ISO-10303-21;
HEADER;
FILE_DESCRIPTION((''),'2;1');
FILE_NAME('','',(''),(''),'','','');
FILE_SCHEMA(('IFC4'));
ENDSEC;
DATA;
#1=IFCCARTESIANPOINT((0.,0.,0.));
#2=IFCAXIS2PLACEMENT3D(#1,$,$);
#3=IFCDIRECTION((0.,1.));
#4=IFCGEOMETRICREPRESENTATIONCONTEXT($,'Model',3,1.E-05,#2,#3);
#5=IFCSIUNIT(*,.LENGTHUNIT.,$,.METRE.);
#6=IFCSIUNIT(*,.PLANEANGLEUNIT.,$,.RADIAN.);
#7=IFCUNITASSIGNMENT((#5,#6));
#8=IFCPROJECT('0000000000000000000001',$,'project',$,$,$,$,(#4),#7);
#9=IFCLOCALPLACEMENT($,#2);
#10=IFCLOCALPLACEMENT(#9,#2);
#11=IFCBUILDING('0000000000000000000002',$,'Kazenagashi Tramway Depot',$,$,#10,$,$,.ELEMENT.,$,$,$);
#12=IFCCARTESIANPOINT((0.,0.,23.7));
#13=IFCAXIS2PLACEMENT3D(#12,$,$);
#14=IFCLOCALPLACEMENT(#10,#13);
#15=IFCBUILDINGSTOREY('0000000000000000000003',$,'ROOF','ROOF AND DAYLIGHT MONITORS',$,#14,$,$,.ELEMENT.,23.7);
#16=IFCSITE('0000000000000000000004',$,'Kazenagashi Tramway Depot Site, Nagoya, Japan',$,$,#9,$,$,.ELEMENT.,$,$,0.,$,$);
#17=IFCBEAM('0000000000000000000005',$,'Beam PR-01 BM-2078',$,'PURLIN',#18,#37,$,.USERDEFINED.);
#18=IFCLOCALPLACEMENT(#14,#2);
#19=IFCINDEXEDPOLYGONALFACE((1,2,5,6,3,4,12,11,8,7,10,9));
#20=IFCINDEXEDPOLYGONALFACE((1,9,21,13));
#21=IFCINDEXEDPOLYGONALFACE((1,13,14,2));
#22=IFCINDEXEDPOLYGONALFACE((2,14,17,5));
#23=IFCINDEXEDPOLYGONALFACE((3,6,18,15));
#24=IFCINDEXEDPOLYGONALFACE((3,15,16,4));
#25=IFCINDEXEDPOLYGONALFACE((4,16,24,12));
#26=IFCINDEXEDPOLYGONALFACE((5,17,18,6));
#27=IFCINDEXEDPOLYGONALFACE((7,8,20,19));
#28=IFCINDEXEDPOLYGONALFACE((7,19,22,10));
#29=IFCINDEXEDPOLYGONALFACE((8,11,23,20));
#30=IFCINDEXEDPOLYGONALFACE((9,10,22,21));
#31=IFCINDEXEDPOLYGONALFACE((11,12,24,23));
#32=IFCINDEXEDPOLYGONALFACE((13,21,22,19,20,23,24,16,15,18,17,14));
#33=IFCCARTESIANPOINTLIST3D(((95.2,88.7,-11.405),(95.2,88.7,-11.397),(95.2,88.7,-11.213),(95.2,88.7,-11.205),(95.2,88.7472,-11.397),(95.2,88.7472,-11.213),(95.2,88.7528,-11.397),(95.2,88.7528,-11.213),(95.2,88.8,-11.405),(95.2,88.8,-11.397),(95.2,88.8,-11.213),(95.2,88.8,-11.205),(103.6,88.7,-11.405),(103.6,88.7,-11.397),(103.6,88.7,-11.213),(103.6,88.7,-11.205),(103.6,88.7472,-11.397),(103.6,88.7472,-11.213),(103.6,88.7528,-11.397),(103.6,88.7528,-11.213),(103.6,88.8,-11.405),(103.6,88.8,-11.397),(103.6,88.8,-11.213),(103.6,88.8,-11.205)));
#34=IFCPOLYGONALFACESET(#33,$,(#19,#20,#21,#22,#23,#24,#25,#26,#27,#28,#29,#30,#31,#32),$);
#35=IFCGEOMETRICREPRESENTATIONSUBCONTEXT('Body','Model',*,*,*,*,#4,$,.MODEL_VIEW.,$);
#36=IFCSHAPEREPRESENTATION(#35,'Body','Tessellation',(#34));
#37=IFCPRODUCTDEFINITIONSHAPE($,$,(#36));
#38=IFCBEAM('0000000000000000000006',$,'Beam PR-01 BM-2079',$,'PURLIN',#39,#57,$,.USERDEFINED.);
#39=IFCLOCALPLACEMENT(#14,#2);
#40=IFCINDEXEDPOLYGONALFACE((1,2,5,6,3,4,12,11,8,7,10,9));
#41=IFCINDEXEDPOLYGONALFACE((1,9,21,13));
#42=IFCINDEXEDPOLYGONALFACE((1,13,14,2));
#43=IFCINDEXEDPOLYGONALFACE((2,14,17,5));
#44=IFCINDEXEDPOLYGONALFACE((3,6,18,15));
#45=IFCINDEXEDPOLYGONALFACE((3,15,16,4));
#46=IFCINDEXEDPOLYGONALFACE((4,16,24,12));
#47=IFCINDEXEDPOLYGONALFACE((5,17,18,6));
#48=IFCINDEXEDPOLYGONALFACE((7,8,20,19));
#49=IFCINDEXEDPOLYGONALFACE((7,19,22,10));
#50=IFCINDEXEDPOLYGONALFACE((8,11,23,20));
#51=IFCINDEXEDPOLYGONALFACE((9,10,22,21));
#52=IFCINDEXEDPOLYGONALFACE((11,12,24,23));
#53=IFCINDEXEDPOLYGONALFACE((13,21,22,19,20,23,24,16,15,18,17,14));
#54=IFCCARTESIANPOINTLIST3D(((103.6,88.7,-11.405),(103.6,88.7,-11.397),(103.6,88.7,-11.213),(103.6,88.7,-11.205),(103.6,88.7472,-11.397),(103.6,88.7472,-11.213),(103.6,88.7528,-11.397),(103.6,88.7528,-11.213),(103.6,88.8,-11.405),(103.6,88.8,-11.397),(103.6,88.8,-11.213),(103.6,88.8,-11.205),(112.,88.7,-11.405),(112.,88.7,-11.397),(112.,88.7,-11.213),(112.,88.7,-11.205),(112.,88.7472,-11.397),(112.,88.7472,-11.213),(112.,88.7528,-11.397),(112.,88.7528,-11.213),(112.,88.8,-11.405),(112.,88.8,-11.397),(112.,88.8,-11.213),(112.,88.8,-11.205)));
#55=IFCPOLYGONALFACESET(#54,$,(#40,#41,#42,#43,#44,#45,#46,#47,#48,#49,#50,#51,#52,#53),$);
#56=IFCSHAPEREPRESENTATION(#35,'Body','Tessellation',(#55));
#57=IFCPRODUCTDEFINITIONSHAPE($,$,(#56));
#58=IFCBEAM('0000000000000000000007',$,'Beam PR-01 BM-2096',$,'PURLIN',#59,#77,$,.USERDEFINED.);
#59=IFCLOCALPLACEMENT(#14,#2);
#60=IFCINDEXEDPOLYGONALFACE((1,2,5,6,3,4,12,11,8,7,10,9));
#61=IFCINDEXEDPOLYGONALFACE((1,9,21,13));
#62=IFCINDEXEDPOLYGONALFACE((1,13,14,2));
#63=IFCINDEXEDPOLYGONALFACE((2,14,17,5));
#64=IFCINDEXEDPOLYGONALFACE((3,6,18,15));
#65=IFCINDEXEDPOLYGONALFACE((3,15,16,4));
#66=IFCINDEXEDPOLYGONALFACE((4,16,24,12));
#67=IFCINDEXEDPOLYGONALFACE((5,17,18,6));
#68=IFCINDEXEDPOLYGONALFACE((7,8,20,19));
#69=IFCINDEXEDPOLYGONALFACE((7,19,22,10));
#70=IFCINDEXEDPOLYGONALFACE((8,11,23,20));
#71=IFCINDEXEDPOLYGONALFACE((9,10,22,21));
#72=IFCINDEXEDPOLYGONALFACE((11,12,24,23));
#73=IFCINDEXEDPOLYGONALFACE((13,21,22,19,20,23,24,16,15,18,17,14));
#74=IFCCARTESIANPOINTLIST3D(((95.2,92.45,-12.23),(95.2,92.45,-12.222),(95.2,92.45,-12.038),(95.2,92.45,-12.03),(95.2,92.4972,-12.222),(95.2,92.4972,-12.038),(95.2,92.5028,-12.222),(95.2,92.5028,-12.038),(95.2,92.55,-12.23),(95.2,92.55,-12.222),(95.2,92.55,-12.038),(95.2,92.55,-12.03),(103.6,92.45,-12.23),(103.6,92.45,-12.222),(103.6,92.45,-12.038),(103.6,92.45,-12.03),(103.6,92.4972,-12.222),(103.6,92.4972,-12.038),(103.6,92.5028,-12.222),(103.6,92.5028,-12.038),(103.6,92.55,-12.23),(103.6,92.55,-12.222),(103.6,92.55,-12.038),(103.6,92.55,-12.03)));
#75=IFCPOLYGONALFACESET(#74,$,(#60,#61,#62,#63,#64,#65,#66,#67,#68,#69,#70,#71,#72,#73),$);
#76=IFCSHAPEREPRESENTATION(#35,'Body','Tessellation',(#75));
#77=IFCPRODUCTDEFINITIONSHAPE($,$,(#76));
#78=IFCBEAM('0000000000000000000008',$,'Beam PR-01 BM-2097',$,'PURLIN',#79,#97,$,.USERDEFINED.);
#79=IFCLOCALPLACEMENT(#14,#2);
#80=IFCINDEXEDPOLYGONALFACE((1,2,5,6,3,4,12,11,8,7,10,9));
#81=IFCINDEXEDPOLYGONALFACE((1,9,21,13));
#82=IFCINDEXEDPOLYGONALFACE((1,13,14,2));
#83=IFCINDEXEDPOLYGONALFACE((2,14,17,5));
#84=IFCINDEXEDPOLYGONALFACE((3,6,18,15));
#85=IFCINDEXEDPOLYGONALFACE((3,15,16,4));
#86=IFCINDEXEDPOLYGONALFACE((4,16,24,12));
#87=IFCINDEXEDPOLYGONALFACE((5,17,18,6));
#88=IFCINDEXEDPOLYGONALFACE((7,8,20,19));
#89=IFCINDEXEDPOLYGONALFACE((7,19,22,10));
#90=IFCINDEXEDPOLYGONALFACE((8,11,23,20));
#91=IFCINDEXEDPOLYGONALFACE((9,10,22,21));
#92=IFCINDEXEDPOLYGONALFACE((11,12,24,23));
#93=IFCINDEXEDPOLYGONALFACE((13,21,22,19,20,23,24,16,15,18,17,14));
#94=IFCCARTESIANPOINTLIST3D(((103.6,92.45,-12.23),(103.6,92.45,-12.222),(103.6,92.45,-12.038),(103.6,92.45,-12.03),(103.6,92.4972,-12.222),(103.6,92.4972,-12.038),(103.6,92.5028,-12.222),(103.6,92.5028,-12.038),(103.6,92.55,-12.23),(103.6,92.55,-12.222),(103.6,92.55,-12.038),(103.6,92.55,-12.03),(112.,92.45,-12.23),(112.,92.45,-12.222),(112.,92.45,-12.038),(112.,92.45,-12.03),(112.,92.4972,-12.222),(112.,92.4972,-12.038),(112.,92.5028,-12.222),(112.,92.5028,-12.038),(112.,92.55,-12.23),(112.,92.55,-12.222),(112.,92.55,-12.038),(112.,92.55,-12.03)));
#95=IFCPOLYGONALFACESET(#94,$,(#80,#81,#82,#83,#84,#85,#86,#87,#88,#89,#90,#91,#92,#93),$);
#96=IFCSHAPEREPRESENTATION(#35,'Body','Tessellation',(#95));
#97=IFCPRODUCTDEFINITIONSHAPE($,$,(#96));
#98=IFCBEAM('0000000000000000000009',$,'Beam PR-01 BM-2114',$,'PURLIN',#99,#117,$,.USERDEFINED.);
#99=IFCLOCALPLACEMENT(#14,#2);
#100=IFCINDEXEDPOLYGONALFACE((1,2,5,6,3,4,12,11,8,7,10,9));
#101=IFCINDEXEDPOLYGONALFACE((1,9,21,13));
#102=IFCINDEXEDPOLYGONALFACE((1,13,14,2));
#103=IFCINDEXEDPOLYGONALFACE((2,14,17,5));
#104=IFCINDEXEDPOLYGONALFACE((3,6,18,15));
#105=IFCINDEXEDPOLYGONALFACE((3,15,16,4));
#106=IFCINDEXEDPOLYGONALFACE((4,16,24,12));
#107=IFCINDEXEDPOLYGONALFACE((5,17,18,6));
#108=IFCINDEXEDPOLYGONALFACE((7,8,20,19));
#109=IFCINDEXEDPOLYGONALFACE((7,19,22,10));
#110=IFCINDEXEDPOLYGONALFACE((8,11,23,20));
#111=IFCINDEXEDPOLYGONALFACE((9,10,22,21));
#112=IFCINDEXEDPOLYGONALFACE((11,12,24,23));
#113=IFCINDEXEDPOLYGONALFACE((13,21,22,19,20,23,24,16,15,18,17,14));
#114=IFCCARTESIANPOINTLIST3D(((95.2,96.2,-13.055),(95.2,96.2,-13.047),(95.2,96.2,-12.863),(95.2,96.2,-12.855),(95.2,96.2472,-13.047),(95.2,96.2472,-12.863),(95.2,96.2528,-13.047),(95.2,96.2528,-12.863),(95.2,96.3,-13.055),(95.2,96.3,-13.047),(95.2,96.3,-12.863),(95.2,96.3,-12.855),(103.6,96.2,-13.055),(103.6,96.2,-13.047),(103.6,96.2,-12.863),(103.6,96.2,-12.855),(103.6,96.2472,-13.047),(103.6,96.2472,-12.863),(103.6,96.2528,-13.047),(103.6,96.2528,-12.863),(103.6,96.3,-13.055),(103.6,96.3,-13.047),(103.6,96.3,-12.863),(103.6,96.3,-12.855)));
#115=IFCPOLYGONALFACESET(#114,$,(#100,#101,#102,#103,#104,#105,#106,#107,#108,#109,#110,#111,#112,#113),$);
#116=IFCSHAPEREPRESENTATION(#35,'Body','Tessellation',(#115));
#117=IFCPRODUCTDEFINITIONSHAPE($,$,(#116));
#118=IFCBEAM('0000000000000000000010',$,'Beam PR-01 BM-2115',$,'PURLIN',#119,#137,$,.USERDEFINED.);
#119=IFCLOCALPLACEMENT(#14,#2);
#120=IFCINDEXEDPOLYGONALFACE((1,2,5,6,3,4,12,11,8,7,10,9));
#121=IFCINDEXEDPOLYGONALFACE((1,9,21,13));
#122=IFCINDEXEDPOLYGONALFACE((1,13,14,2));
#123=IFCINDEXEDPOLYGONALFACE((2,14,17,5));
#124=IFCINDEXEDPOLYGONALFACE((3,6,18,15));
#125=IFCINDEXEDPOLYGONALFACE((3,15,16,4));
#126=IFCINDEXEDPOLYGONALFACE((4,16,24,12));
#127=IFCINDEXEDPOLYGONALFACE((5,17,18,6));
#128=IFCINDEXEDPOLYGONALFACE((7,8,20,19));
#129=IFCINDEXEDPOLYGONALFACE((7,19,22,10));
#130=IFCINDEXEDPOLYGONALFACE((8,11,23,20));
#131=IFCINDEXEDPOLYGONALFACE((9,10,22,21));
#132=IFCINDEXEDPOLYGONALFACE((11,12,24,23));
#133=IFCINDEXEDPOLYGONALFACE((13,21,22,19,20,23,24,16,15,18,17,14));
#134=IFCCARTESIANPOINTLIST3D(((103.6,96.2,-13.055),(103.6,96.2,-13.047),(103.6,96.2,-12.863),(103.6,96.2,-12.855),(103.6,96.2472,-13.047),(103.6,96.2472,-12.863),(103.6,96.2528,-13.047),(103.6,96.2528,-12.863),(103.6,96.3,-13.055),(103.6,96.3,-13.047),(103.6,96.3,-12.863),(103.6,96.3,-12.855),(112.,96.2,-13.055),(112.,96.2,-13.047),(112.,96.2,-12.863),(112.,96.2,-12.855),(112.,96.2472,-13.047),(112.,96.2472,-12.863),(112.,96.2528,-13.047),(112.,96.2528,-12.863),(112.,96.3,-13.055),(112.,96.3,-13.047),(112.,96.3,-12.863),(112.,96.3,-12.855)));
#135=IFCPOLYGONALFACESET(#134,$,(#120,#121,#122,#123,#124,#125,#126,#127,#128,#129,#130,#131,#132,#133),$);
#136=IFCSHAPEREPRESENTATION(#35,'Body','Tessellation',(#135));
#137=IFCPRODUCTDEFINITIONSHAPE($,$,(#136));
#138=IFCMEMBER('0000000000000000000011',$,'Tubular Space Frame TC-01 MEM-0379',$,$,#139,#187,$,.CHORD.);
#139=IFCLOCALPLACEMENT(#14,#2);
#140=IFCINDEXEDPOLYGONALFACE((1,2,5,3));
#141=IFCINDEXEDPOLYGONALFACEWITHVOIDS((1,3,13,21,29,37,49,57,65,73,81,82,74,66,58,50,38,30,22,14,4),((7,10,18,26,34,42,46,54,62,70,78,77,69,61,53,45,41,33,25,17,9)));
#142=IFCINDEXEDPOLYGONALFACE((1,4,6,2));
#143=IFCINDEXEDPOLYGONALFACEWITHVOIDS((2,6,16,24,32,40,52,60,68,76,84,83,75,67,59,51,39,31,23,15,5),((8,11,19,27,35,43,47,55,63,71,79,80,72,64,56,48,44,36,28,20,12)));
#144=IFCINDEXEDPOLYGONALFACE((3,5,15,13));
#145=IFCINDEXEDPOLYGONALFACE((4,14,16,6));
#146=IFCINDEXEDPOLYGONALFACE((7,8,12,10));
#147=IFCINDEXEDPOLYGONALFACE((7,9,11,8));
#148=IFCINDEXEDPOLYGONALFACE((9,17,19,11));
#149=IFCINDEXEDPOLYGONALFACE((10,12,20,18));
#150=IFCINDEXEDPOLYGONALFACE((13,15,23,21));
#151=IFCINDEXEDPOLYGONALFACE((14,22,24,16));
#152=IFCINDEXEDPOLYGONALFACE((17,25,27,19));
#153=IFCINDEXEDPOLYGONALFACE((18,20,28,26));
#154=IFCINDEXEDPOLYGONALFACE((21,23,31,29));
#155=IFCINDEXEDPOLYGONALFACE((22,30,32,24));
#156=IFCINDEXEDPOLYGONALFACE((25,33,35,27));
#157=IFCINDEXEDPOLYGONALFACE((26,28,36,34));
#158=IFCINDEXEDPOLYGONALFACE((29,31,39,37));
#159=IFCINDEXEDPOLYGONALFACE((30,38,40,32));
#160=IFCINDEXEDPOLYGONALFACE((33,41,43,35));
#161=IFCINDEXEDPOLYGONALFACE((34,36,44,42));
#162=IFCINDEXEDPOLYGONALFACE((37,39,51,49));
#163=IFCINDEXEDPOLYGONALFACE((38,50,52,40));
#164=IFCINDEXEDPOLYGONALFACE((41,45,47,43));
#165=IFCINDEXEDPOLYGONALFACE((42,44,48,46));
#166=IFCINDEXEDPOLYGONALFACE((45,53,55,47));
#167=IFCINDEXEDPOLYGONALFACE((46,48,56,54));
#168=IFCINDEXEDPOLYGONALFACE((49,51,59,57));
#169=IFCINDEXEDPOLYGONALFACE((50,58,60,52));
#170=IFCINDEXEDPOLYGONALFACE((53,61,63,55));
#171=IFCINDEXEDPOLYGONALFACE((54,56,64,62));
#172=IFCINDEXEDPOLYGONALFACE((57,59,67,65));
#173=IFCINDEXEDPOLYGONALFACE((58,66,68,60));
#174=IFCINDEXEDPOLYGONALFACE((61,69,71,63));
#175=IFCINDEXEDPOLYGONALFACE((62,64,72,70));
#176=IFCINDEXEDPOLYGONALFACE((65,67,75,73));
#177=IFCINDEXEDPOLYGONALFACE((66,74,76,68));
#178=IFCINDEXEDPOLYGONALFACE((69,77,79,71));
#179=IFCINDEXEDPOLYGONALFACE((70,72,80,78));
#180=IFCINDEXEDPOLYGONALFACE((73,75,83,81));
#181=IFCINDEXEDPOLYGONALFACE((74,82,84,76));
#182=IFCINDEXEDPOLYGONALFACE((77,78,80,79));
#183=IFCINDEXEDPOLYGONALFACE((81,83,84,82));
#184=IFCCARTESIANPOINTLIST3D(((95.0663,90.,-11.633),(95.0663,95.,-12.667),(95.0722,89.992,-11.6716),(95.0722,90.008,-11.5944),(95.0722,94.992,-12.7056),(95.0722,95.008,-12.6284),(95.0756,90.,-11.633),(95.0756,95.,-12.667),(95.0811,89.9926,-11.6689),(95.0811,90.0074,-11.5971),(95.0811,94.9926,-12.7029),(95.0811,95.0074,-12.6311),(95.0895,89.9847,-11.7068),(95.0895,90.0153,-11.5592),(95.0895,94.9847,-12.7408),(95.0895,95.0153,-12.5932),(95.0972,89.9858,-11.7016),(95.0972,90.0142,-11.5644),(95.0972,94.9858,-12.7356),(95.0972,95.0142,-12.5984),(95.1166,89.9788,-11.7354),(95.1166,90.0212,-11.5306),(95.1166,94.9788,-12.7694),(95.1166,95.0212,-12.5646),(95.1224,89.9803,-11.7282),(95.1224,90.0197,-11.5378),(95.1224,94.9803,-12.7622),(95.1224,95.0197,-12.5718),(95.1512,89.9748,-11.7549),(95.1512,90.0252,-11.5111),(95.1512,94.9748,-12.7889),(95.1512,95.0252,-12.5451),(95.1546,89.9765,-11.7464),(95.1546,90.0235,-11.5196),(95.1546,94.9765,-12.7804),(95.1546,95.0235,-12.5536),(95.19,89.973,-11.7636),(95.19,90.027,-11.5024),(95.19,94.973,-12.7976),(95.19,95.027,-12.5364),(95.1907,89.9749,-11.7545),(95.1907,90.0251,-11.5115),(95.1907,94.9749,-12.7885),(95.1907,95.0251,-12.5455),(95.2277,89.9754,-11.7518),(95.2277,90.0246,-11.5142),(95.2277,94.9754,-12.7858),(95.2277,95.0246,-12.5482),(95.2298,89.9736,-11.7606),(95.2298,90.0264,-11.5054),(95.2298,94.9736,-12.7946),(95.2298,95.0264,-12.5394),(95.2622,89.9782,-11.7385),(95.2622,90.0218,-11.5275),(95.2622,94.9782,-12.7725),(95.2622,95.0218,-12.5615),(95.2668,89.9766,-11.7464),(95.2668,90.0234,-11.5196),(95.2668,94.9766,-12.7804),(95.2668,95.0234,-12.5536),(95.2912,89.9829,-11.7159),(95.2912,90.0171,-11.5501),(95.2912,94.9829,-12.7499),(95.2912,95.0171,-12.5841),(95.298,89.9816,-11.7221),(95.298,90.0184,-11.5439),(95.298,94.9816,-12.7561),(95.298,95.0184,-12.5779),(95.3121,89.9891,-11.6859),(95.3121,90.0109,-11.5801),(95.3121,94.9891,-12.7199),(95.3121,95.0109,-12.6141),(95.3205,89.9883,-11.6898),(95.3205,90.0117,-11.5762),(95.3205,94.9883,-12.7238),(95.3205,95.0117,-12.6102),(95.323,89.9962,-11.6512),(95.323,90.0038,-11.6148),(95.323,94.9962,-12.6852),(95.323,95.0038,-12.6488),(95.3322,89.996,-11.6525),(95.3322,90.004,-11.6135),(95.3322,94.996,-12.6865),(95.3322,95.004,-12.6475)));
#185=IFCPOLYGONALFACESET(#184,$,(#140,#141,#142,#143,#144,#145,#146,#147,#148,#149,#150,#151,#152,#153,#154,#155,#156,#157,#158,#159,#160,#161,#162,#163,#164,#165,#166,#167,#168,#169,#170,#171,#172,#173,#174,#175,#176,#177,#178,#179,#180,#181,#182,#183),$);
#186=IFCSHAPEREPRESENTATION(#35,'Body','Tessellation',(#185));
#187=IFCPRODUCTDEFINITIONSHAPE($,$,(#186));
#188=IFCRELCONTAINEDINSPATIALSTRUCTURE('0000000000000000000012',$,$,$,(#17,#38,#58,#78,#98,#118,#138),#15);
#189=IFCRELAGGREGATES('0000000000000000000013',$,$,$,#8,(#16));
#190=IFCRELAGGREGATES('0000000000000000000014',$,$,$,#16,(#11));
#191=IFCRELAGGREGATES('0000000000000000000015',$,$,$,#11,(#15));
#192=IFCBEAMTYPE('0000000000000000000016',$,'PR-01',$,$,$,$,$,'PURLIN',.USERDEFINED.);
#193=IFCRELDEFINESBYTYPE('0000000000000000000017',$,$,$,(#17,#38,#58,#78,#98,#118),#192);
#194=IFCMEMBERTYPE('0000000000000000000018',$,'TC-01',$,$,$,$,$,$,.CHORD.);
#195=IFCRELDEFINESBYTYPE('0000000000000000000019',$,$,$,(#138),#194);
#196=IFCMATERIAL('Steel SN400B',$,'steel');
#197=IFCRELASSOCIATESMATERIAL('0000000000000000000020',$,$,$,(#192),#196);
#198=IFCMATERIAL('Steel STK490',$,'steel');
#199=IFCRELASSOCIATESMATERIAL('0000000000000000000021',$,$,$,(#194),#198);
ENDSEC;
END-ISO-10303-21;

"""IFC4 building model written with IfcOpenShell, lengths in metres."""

from ifc_helpers import new_model, si_unit, direction, frame, origin, origin_2d, place, context, subcontext, project, spatial, hollow_circle, i_section, extrude, material, material_profile, profile_set, type_object, element, save


model = new_model("IFC4")

# Units and contexts
model_context = context("Model", 3, precision=1e-05, world=origin(), true_north=direction((0.0, 1.0)))
body_context = subcontext(model_context, "Body", "Model", "MODEL_VIEW")
ifc_project = project(units=[si_unit("LENGTHUNIT", "METRE"), si_unit("PLANEANGLEUNIT", "RADIAN")], contexts=[model_context])

# Site, building, storey
site_placement = place(None, origin())
site = spatial("IfcSite", under=ifc_project, at=site_placement, Name="Kazenagashi Tramway Depot Site, Nagoya, Japan", CompositionType="ELEMENT", RefElevation=0.0)
building_placement = place(site_placement, origin())
building = spatial("IfcBuilding", under=site, at=building_placement, Name="Kazenagashi Tramway Depot", CompositionType="ELEMENT")
storey_placement = place(building_placement, frame((0.0, 0.0, 23.7)))
storey = spatial("IfcBuildingStorey", under=building, at=storey_placement, Name="ROOF", Description="ROOF AND DAYLIGHT MONITORS", CompositionType="ELEMENT", Elevation=23.7)

# Beams
ifc_material_1 = material(Name="Steel SN400B", Category="steel")
ifc_material_profile_1 = material_profile(ifc_material_1, i_section(OverallWidth=0.1, OverallDepth=0.2, WebThickness=0.0055, FlangeThickness=0.008, at=origin_2d()), Name="H-200x100x5.5x8")
ifc_profile_set_1 = profile_set([ifc_material_profile_1], Name="Steel SN400B")
beam_type = type_object("IfcBeamType", Name="PR-01", ElementType="PURLIN", PredefinedType="USERDEFINED", material=ifc_profile_set_1)
for number, where, z_axis, x_axis, name in (
    (1, (95.2, 88.75, -11.305), (1.0, 0.0, 0.0), (0.0, 1.0, 0.0), "Beam PR-01 BM-2078"),
    (2, (103.6, 88.75, -11.305), (1.0, 0.0, 0.0), (0.0, 1.0, 0.0), "Beam PR-01 BM-2079"),
    (3, (95.2, 92.5, -12.13), (1.0, 0.0, 0.0), (0.0, 1.0, 0.0), "Beam PR-01 BM-2096"),
    (4, (103.6, 92.5, -12.13), (1.0, 0.0, 0.0), (0.0, 1.0, 0.0), "Beam PR-01 BM-2097"),
    (5, (95.2, 96.25, -12.955), (1.0, 0.0, 0.0), (0.0, 1.0, 0.0), "Beam PR-01 BM-2114"),
    (6, (103.6, 96.25, -12.955), (1.0, 0.0, 0.0), (0.0, 1.0, 0.0), "Beam PR-01 BM-2115"),
):
    element("IfcBeam", number, at=place(storey_placement, frame(where, z_axis=z_axis, x_axis=x_axis)), inside=storey, type_object=beam_type, Name=name, ObjectType="PURLIN", PredefinedType="USERDEFINED", context=body_context, shape_type="SweptSolid", body=[
        extrude(i_section(OverallWidth=0.1, OverallDepth=0.2, WebThickness=0.0055, FlangeThickness=0.008, at=origin_2d()), origin(), (0.0, 0.0, 1.0), 8.4),
    ])

# Member
ifc_material_2 = material(Name="Steel STK490", Category="steel")
ifc_material_profile_2 = material_profile(ifc_material_2, hollow_circle(Radius=0.1337, WallThickness=0.0093, at=origin_2d()), Name="CHS-267.4x9.3")
ifc_profile_set_2 = profile_set([ifc_material_profile_2], Name="Steel STK490")
member_type_1 = type_object("IfcMemberType", Name="TC-01", PredefinedType="CHORD", material=ifc_profile_set_2)
member_1_placement = place(storey_placement, frame((95.2, 90.0, -11.633), z_axis=(0.0, 0.979279, -0.202515), x_axis=(-1.0, 0.0, 0.0)))
element("IfcMember", 7, at=member_1_placement, inside=storey, type_object=member_type_1, Name="Tubular Space Frame TC-01 MEM-0379", PredefinedType="CHORD", context=body_context, shape_type="SweptSolid", body=[
    extrude(hollow_circle(Radius=0.1337, WallThickness=0.0093, at=origin_2d()), origin(), (0.0, 0.0, 1.0), 5.1058),
])

save(model, "model.ifc")
